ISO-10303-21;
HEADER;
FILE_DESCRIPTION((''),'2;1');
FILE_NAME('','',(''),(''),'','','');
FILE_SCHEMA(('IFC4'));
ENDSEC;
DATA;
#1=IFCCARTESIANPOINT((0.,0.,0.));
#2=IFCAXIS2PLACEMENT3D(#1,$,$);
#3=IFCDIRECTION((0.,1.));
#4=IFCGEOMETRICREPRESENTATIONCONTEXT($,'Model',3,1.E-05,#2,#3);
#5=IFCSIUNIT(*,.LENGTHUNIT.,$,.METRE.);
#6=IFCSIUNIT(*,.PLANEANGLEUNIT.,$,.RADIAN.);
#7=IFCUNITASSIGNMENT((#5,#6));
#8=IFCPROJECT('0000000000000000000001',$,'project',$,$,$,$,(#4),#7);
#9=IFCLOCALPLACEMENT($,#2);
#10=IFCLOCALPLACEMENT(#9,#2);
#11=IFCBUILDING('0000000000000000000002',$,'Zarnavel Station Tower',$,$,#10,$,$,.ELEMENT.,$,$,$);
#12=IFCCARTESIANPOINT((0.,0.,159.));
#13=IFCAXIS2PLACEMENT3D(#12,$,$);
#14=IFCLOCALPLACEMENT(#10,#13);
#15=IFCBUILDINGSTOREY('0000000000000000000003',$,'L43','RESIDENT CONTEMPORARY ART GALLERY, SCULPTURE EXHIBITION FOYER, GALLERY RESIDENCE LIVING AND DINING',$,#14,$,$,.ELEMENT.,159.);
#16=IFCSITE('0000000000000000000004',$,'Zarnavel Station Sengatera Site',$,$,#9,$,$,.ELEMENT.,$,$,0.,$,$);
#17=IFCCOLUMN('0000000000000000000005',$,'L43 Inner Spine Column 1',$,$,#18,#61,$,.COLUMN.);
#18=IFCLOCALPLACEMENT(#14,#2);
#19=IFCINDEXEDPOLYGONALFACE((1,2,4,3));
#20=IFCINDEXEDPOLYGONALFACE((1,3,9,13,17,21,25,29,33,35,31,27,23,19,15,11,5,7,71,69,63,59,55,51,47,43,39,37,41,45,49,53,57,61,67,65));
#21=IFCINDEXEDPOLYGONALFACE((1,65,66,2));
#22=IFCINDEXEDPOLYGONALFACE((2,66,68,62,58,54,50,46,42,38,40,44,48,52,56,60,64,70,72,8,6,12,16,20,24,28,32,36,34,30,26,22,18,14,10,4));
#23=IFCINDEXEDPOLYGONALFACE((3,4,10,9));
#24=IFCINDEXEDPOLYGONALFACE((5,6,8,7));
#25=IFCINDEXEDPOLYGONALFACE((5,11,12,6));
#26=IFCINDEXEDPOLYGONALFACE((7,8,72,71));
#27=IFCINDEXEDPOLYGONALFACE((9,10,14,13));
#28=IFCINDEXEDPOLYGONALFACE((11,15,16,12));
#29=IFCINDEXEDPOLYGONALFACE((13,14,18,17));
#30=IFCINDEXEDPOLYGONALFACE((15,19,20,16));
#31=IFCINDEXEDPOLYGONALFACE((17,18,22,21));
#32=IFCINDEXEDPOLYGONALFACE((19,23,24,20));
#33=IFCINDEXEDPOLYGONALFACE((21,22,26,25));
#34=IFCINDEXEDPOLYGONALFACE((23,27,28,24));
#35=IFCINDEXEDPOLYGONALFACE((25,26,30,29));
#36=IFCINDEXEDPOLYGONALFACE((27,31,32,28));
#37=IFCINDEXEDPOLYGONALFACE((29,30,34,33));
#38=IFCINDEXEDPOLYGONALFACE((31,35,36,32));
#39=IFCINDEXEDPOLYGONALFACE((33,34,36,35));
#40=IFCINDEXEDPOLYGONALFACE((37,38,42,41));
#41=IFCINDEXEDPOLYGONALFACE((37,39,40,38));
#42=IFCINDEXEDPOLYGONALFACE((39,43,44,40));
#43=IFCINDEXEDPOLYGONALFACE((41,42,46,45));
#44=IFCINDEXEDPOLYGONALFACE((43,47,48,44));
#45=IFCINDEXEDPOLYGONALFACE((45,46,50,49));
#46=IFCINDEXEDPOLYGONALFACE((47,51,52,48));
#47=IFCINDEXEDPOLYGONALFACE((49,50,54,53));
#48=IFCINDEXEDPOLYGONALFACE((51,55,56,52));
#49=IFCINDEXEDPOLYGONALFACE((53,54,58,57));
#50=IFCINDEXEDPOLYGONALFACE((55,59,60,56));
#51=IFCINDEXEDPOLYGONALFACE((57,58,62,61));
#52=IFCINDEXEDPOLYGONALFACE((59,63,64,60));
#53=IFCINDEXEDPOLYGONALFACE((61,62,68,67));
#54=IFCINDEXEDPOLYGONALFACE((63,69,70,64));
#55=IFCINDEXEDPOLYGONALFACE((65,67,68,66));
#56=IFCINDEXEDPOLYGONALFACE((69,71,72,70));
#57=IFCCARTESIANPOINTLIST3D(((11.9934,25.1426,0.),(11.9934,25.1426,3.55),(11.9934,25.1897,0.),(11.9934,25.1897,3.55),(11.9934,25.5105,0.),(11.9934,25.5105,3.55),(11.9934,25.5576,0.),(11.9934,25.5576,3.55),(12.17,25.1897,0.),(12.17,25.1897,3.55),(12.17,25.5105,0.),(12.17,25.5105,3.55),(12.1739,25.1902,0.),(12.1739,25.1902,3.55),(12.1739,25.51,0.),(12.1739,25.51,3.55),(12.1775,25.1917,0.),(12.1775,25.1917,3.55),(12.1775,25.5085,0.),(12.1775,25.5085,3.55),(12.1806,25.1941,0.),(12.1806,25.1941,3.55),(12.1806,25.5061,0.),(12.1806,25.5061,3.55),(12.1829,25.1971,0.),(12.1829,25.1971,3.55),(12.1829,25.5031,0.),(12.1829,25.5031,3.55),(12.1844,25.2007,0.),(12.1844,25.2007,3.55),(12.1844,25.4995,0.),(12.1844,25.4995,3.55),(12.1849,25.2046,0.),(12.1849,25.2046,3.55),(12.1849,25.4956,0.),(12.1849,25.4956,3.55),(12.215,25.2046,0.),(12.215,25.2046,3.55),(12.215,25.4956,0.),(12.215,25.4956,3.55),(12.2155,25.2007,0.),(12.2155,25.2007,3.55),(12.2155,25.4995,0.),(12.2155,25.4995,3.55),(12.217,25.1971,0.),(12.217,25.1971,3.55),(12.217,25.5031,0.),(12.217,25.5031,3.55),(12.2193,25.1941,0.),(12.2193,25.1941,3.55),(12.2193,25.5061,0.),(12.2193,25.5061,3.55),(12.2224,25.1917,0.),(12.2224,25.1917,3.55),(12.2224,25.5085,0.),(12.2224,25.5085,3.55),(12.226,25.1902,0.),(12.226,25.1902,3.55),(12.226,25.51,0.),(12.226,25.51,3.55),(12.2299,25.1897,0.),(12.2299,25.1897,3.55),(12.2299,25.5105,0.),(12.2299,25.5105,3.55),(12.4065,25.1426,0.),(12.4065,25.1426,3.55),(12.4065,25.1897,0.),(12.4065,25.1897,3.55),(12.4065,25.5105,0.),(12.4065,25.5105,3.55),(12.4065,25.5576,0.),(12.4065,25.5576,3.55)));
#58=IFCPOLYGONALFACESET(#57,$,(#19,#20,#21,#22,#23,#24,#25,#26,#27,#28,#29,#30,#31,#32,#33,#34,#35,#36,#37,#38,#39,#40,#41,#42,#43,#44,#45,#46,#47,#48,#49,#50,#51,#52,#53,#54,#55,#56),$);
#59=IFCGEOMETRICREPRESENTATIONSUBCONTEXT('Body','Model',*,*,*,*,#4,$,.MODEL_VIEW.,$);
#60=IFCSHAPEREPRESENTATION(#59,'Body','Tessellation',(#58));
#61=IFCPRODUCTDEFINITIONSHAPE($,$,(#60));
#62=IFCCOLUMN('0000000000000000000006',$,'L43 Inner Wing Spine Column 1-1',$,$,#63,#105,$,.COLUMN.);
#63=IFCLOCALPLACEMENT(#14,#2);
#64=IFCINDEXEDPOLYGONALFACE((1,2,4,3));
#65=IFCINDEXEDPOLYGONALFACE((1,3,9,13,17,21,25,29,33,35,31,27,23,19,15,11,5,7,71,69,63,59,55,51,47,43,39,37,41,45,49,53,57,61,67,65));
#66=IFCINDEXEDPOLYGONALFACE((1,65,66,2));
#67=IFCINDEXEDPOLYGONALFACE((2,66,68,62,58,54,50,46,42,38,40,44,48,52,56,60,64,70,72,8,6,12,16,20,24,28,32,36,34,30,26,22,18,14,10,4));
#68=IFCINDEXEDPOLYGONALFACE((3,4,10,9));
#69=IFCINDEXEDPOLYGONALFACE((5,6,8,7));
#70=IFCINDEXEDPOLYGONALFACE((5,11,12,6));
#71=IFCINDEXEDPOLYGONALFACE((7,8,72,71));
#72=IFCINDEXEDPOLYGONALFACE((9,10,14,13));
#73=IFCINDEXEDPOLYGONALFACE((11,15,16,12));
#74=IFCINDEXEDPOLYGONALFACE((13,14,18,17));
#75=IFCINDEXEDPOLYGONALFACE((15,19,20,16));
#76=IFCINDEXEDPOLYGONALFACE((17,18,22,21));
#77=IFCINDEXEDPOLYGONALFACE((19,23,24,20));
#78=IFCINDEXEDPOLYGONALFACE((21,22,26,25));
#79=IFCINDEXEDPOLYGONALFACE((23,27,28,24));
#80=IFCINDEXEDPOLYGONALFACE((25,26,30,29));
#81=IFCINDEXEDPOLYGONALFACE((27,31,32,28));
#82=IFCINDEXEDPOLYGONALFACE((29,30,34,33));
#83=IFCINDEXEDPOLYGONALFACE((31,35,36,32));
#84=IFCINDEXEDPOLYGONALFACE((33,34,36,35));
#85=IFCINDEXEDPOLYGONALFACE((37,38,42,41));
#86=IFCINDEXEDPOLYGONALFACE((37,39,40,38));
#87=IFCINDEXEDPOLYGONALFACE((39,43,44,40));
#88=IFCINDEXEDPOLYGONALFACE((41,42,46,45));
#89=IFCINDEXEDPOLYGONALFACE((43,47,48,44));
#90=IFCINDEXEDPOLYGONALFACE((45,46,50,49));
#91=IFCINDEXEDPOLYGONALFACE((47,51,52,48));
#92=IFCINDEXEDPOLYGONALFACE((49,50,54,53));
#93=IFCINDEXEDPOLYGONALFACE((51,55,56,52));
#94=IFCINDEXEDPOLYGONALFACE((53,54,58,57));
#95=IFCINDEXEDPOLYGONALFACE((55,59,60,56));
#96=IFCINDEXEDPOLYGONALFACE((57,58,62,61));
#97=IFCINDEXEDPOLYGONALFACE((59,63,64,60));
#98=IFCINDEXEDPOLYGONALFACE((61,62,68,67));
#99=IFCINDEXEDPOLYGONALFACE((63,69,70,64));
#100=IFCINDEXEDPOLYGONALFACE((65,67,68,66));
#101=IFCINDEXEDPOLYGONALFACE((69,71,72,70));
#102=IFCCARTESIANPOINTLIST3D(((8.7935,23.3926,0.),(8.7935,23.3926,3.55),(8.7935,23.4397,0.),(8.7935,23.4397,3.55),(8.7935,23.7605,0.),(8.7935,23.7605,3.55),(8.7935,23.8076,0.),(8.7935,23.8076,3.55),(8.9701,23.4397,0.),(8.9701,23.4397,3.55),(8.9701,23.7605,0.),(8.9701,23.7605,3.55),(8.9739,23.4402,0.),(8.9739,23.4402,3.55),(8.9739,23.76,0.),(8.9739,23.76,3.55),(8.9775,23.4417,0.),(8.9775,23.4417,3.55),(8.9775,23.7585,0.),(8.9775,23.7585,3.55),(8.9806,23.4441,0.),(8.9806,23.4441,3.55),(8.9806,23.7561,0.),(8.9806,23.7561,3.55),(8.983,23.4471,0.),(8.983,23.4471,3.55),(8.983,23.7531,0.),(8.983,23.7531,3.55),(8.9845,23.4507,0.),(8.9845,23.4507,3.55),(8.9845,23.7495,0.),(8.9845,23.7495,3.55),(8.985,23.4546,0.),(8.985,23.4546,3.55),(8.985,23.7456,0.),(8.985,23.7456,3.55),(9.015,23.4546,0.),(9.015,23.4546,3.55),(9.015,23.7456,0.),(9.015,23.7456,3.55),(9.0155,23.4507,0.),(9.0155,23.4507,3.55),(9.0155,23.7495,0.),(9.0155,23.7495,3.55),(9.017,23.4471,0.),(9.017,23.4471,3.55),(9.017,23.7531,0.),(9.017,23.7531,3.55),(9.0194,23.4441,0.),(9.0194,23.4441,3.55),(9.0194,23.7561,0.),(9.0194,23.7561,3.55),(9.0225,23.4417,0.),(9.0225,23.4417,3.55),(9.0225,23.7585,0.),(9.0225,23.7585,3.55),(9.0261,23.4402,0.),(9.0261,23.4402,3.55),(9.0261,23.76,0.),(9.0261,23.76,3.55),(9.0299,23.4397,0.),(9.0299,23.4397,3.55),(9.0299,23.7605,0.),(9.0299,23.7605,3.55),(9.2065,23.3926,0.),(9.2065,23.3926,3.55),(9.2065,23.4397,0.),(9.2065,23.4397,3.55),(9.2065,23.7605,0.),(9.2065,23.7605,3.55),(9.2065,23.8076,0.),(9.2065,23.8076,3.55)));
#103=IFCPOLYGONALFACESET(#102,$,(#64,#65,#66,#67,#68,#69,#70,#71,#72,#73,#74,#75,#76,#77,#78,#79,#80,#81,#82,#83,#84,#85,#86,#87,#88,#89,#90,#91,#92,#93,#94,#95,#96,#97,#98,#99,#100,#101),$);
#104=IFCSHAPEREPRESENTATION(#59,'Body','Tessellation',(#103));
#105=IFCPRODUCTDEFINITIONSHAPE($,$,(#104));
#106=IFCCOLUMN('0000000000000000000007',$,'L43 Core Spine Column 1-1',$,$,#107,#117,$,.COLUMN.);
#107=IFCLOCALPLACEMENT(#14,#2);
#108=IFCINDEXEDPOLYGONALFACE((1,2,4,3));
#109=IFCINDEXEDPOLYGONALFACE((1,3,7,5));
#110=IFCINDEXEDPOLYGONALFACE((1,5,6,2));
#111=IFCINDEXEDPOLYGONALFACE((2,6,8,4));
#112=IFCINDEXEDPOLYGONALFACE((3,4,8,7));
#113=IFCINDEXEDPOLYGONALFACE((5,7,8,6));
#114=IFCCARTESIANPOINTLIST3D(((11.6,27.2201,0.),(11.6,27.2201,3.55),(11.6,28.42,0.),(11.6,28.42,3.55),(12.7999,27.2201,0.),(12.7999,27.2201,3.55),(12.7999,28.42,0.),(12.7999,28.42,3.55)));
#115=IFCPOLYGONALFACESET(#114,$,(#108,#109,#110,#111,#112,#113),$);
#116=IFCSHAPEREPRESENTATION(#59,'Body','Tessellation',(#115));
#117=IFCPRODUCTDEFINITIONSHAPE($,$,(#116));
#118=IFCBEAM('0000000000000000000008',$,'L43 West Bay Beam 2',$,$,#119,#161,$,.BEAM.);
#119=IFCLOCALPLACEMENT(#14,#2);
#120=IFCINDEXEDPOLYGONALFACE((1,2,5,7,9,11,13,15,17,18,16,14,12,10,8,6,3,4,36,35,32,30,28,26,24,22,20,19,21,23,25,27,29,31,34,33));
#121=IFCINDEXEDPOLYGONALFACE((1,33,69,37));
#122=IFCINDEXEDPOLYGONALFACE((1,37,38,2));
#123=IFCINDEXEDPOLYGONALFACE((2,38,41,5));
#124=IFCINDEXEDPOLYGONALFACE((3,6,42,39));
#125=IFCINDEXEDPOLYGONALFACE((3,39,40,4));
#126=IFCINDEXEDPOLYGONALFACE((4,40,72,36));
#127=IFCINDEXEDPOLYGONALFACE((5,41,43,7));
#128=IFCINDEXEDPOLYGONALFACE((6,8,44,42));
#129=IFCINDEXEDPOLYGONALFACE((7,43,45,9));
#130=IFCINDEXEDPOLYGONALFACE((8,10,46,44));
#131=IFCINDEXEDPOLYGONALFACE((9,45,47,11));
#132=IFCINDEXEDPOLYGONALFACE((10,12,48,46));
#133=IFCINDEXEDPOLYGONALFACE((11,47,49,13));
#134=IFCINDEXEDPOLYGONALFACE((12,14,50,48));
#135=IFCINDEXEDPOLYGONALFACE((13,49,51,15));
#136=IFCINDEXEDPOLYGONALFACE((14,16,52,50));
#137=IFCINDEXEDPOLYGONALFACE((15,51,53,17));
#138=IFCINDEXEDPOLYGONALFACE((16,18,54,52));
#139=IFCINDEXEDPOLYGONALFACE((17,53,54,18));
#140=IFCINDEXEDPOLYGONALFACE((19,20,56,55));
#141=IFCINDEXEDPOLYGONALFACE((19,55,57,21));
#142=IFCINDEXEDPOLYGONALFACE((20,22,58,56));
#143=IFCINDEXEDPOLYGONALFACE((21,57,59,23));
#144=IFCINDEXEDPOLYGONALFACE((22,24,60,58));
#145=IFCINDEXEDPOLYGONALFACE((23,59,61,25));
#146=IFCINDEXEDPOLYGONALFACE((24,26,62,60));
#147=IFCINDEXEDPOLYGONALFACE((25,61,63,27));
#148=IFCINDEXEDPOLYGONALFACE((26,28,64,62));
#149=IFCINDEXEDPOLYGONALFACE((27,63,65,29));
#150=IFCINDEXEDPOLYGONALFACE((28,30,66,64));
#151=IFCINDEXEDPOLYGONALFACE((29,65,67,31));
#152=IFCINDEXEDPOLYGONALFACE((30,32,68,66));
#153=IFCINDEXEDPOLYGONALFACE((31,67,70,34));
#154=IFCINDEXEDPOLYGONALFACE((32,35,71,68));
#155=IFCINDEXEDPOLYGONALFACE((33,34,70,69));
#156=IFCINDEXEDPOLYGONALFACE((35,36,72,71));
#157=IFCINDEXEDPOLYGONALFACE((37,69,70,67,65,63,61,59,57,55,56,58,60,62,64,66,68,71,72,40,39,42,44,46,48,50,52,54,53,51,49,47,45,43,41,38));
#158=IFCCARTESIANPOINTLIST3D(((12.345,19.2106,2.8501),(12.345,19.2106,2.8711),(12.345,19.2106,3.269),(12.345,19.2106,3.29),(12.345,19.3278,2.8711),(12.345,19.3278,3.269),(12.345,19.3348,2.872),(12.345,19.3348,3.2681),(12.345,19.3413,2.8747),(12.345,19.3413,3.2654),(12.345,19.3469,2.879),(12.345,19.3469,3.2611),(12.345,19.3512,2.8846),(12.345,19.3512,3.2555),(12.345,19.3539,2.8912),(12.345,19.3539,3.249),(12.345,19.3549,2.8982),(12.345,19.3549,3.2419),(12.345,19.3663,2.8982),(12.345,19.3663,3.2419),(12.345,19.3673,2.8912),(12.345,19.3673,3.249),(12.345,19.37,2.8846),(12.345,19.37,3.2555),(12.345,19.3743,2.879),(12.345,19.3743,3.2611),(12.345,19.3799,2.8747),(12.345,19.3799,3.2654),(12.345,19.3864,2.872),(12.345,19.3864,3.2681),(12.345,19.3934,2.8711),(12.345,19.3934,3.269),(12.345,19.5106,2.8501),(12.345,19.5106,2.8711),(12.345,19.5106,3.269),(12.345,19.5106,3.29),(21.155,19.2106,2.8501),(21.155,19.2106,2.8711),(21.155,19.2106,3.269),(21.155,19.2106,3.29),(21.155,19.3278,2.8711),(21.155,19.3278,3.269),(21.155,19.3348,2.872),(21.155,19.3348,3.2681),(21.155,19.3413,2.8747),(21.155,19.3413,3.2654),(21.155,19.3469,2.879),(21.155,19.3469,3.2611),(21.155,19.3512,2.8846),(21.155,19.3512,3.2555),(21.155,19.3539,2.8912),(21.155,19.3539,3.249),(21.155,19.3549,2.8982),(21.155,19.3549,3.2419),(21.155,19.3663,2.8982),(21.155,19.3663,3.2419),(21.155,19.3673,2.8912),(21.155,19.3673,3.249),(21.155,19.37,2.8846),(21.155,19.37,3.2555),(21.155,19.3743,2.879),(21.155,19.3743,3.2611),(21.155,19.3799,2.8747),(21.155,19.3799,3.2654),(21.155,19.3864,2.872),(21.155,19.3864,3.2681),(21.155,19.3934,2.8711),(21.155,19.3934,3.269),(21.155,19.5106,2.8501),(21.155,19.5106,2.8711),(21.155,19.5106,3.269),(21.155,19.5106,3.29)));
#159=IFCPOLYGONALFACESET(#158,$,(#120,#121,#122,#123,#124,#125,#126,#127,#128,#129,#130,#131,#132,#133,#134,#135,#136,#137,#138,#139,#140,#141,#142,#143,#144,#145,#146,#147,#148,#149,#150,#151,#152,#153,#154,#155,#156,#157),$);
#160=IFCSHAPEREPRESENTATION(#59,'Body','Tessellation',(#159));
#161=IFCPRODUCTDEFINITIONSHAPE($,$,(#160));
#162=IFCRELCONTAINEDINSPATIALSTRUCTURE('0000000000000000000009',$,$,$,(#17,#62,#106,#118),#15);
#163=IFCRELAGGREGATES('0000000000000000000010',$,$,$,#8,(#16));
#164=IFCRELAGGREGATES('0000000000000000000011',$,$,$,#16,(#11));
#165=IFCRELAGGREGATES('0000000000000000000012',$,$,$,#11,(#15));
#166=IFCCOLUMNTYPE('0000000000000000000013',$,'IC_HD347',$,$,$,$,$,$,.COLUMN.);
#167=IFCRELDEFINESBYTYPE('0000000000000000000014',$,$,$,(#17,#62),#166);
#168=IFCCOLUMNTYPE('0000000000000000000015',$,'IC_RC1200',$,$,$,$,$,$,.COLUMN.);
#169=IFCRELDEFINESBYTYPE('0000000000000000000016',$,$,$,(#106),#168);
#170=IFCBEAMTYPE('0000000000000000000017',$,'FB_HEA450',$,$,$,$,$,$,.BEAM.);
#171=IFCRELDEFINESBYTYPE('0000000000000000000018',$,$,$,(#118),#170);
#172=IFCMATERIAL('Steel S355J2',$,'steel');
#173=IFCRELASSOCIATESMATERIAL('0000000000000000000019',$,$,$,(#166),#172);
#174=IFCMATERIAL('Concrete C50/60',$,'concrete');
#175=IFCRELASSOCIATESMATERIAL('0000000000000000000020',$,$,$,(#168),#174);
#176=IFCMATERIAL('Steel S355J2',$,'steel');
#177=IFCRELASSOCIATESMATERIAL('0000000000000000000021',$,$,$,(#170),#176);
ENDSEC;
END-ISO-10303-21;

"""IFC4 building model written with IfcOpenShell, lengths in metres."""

from ifc_helpers import new_model, si_unit, direction, frame, origin, origin_2d, place, context, subcontext, project, spatial, rectangle, i_section, extrude, material, material_profile, profile_set, type_object, element, save


model = new_model("IFC4")

# Units and contexts
model_context = context("Model", 3, precision=1e-05, world=origin(), true_north=direction((0.0, 1.0)))
body_context = subcontext(model_context, "Body", "Model", "MODEL_VIEW")
ifc_project = project(units=[si_unit("LENGTHUNIT", "METRE"), si_unit("PLANEANGLEUNIT", "RADIAN")], contexts=[model_context])

# Site, building, storey
site_placement = place(None, origin())
site = spatial("IfcSite", under=ifc_project, at=site_placement, Name="Zarnavel Station Sengatera Site", CompositionType="ELEMENT", RefElevation=0.0)
building_placement = place(site_placement, origin())
building = spatial("IfcBuilding", under=site, at=building_placement, Name="Zarnavel Station Tower", CompositionType="ELEMENT")
storey_placement = place(building_placement, frame((0.0, 0.0, 159.0)))
storey = spatial("IfcBuildingStorey", under=building, at=storey_placement, Name="L43", Description="RESIDENT CONTEMPORARY ART GALLERY, SCULPTURE EXHIBITION FOYER, GALLERY RESIDENCE LIVING AND DINING", CompositionType="ELEMENT", Elevation=159.0)

# Columns
ifc_material_1 = material(Name="Steel S355J2", Category="steel")
ifc_material_profile_1 = material_profile(ifc_material_1, i_section(OverallWidth=0.4131, OverallDepth=0.415, WebThickness=0.03, FlangeThickness=0.0471, FilletRadius=0.0149, at=origin_2d()), Name="HD400x347")
ifc_profile_set_1 = profile_set([ifc_material_profile_1], Name="Steel S355J2")
column_type_1 = type_object("IfcColumnType", Name="IC_HD347", PredefinedType="COLUMN", material=ifc_profile_set_1)
for number, where, z_axis, x_axis, name in (
    (1, (12.2, 25.3501, 0.0), (0.0, 0.0, 1.0), (1.0, 0.0, 0.0), "L43 Inner Spine Column 1"),
    (2, (9.0, 23.6001, 0.0), (0.0, 0.0, 1.0), (1.0, 0.0, 0.0), "L43 Inner Wing Spine Column 1-1"),
):
    element("IfcColumn", number, at=place(storey_placement, frame(where, z_axis=z_axis, x_axis=x_axis)), inside=storey, type_object=column_type_1, Name=name, PredefinedType="COLUMN", context=body_context, shape_type="SweptSolid", body=[
        extrude(i_section(OverallWidth=0.4131, OverallDepth=0.415, WebThickness=0.03, FlangeThickness=0.0471, FilletRadius=0.0149, at=origin_2d()), origin(), (0.0, 0.0, 1.0), 3.55),
    ])
ifc_material_2 = material(Name="Concrete C50/60", Category="concrete")
ifc_material_profile_2 = material_profile(ifc_material_2, rectangle(XDim=1.2, YDim=1.2, at=origin_2d()), Name="RC1200x1200")
ifc_profile_set_2 = profile_set([ifc_material_profile_2], Name="Concrete C50/60")
column_type_2 = type_object("IfcColumnType", Name="IC_RC1200", PredefinedType="COLUMN", material=ifc_profile_set_2)
column_placement = place(storey_placement, frame((12.2, 27.8201, 0.0), z_axis=(0.0, 0.0, 1.0), x_axis=(1.0, 0.0, 0.0)))
element("IfcColumn", 3, at=column_placement, inside=storey, type_object=column_type_2, Name="L43 Core Spine Column 1-1", PredefinedType="COLUMN", context=body_context, shape_type="SweptSolid", body=[
    extrude(rectangle(XDim=1.2, YDim=1.2, at=origin_2d()), origin(), (0.0, 0.0, 1.0), 3.55),
])

# Beam
ifc_material_3 = material(Name="Steel S355J2", Category="steel")
ifc_material_profile_3 = material_profile(ifc_material_3, i_section(OverallWidth=0.3, OverallDepth=0.4399, WebThickness=0.0115, FlangeThickness=0.021, FilletRadius=0.0271, at=origin_2d()), Name="HEA450")
ifc_profile_set_3 = profile_set([ifc_material_profile_3], Name="Steel S355J2")
beam_type_1 = type_object("IfcBeamType", Name="FB_HEA450", PredefinedType="BEAM", material=ifc_profile_set_3)
beam_1_placement = place(storey_placement, frame((12.345, 19.3606, 3.0701), z_axis=(1.0, 0.0, 0.0), x_axis=(0.0, 1.0, 0.0)))
element("IfcBeam", 4, at=beam_1_placement, inside=storey, type_object=beam_type_1, Name="L43 West Bay Beam 2", PredefinedType="BEAM", context=body_context, shape_type="SweptSolid", body=[
    extrude(i_section(OverallWidth=0.3, OverallDepth=0.4399, WebThickness=0.0115, FlangeThickness=0.021, FilletRadius=0.0271, at=origin_2d()), origin(), (0.0, 0.0, 1.0), 8.8101),
])

save(model, "model.ifc")
